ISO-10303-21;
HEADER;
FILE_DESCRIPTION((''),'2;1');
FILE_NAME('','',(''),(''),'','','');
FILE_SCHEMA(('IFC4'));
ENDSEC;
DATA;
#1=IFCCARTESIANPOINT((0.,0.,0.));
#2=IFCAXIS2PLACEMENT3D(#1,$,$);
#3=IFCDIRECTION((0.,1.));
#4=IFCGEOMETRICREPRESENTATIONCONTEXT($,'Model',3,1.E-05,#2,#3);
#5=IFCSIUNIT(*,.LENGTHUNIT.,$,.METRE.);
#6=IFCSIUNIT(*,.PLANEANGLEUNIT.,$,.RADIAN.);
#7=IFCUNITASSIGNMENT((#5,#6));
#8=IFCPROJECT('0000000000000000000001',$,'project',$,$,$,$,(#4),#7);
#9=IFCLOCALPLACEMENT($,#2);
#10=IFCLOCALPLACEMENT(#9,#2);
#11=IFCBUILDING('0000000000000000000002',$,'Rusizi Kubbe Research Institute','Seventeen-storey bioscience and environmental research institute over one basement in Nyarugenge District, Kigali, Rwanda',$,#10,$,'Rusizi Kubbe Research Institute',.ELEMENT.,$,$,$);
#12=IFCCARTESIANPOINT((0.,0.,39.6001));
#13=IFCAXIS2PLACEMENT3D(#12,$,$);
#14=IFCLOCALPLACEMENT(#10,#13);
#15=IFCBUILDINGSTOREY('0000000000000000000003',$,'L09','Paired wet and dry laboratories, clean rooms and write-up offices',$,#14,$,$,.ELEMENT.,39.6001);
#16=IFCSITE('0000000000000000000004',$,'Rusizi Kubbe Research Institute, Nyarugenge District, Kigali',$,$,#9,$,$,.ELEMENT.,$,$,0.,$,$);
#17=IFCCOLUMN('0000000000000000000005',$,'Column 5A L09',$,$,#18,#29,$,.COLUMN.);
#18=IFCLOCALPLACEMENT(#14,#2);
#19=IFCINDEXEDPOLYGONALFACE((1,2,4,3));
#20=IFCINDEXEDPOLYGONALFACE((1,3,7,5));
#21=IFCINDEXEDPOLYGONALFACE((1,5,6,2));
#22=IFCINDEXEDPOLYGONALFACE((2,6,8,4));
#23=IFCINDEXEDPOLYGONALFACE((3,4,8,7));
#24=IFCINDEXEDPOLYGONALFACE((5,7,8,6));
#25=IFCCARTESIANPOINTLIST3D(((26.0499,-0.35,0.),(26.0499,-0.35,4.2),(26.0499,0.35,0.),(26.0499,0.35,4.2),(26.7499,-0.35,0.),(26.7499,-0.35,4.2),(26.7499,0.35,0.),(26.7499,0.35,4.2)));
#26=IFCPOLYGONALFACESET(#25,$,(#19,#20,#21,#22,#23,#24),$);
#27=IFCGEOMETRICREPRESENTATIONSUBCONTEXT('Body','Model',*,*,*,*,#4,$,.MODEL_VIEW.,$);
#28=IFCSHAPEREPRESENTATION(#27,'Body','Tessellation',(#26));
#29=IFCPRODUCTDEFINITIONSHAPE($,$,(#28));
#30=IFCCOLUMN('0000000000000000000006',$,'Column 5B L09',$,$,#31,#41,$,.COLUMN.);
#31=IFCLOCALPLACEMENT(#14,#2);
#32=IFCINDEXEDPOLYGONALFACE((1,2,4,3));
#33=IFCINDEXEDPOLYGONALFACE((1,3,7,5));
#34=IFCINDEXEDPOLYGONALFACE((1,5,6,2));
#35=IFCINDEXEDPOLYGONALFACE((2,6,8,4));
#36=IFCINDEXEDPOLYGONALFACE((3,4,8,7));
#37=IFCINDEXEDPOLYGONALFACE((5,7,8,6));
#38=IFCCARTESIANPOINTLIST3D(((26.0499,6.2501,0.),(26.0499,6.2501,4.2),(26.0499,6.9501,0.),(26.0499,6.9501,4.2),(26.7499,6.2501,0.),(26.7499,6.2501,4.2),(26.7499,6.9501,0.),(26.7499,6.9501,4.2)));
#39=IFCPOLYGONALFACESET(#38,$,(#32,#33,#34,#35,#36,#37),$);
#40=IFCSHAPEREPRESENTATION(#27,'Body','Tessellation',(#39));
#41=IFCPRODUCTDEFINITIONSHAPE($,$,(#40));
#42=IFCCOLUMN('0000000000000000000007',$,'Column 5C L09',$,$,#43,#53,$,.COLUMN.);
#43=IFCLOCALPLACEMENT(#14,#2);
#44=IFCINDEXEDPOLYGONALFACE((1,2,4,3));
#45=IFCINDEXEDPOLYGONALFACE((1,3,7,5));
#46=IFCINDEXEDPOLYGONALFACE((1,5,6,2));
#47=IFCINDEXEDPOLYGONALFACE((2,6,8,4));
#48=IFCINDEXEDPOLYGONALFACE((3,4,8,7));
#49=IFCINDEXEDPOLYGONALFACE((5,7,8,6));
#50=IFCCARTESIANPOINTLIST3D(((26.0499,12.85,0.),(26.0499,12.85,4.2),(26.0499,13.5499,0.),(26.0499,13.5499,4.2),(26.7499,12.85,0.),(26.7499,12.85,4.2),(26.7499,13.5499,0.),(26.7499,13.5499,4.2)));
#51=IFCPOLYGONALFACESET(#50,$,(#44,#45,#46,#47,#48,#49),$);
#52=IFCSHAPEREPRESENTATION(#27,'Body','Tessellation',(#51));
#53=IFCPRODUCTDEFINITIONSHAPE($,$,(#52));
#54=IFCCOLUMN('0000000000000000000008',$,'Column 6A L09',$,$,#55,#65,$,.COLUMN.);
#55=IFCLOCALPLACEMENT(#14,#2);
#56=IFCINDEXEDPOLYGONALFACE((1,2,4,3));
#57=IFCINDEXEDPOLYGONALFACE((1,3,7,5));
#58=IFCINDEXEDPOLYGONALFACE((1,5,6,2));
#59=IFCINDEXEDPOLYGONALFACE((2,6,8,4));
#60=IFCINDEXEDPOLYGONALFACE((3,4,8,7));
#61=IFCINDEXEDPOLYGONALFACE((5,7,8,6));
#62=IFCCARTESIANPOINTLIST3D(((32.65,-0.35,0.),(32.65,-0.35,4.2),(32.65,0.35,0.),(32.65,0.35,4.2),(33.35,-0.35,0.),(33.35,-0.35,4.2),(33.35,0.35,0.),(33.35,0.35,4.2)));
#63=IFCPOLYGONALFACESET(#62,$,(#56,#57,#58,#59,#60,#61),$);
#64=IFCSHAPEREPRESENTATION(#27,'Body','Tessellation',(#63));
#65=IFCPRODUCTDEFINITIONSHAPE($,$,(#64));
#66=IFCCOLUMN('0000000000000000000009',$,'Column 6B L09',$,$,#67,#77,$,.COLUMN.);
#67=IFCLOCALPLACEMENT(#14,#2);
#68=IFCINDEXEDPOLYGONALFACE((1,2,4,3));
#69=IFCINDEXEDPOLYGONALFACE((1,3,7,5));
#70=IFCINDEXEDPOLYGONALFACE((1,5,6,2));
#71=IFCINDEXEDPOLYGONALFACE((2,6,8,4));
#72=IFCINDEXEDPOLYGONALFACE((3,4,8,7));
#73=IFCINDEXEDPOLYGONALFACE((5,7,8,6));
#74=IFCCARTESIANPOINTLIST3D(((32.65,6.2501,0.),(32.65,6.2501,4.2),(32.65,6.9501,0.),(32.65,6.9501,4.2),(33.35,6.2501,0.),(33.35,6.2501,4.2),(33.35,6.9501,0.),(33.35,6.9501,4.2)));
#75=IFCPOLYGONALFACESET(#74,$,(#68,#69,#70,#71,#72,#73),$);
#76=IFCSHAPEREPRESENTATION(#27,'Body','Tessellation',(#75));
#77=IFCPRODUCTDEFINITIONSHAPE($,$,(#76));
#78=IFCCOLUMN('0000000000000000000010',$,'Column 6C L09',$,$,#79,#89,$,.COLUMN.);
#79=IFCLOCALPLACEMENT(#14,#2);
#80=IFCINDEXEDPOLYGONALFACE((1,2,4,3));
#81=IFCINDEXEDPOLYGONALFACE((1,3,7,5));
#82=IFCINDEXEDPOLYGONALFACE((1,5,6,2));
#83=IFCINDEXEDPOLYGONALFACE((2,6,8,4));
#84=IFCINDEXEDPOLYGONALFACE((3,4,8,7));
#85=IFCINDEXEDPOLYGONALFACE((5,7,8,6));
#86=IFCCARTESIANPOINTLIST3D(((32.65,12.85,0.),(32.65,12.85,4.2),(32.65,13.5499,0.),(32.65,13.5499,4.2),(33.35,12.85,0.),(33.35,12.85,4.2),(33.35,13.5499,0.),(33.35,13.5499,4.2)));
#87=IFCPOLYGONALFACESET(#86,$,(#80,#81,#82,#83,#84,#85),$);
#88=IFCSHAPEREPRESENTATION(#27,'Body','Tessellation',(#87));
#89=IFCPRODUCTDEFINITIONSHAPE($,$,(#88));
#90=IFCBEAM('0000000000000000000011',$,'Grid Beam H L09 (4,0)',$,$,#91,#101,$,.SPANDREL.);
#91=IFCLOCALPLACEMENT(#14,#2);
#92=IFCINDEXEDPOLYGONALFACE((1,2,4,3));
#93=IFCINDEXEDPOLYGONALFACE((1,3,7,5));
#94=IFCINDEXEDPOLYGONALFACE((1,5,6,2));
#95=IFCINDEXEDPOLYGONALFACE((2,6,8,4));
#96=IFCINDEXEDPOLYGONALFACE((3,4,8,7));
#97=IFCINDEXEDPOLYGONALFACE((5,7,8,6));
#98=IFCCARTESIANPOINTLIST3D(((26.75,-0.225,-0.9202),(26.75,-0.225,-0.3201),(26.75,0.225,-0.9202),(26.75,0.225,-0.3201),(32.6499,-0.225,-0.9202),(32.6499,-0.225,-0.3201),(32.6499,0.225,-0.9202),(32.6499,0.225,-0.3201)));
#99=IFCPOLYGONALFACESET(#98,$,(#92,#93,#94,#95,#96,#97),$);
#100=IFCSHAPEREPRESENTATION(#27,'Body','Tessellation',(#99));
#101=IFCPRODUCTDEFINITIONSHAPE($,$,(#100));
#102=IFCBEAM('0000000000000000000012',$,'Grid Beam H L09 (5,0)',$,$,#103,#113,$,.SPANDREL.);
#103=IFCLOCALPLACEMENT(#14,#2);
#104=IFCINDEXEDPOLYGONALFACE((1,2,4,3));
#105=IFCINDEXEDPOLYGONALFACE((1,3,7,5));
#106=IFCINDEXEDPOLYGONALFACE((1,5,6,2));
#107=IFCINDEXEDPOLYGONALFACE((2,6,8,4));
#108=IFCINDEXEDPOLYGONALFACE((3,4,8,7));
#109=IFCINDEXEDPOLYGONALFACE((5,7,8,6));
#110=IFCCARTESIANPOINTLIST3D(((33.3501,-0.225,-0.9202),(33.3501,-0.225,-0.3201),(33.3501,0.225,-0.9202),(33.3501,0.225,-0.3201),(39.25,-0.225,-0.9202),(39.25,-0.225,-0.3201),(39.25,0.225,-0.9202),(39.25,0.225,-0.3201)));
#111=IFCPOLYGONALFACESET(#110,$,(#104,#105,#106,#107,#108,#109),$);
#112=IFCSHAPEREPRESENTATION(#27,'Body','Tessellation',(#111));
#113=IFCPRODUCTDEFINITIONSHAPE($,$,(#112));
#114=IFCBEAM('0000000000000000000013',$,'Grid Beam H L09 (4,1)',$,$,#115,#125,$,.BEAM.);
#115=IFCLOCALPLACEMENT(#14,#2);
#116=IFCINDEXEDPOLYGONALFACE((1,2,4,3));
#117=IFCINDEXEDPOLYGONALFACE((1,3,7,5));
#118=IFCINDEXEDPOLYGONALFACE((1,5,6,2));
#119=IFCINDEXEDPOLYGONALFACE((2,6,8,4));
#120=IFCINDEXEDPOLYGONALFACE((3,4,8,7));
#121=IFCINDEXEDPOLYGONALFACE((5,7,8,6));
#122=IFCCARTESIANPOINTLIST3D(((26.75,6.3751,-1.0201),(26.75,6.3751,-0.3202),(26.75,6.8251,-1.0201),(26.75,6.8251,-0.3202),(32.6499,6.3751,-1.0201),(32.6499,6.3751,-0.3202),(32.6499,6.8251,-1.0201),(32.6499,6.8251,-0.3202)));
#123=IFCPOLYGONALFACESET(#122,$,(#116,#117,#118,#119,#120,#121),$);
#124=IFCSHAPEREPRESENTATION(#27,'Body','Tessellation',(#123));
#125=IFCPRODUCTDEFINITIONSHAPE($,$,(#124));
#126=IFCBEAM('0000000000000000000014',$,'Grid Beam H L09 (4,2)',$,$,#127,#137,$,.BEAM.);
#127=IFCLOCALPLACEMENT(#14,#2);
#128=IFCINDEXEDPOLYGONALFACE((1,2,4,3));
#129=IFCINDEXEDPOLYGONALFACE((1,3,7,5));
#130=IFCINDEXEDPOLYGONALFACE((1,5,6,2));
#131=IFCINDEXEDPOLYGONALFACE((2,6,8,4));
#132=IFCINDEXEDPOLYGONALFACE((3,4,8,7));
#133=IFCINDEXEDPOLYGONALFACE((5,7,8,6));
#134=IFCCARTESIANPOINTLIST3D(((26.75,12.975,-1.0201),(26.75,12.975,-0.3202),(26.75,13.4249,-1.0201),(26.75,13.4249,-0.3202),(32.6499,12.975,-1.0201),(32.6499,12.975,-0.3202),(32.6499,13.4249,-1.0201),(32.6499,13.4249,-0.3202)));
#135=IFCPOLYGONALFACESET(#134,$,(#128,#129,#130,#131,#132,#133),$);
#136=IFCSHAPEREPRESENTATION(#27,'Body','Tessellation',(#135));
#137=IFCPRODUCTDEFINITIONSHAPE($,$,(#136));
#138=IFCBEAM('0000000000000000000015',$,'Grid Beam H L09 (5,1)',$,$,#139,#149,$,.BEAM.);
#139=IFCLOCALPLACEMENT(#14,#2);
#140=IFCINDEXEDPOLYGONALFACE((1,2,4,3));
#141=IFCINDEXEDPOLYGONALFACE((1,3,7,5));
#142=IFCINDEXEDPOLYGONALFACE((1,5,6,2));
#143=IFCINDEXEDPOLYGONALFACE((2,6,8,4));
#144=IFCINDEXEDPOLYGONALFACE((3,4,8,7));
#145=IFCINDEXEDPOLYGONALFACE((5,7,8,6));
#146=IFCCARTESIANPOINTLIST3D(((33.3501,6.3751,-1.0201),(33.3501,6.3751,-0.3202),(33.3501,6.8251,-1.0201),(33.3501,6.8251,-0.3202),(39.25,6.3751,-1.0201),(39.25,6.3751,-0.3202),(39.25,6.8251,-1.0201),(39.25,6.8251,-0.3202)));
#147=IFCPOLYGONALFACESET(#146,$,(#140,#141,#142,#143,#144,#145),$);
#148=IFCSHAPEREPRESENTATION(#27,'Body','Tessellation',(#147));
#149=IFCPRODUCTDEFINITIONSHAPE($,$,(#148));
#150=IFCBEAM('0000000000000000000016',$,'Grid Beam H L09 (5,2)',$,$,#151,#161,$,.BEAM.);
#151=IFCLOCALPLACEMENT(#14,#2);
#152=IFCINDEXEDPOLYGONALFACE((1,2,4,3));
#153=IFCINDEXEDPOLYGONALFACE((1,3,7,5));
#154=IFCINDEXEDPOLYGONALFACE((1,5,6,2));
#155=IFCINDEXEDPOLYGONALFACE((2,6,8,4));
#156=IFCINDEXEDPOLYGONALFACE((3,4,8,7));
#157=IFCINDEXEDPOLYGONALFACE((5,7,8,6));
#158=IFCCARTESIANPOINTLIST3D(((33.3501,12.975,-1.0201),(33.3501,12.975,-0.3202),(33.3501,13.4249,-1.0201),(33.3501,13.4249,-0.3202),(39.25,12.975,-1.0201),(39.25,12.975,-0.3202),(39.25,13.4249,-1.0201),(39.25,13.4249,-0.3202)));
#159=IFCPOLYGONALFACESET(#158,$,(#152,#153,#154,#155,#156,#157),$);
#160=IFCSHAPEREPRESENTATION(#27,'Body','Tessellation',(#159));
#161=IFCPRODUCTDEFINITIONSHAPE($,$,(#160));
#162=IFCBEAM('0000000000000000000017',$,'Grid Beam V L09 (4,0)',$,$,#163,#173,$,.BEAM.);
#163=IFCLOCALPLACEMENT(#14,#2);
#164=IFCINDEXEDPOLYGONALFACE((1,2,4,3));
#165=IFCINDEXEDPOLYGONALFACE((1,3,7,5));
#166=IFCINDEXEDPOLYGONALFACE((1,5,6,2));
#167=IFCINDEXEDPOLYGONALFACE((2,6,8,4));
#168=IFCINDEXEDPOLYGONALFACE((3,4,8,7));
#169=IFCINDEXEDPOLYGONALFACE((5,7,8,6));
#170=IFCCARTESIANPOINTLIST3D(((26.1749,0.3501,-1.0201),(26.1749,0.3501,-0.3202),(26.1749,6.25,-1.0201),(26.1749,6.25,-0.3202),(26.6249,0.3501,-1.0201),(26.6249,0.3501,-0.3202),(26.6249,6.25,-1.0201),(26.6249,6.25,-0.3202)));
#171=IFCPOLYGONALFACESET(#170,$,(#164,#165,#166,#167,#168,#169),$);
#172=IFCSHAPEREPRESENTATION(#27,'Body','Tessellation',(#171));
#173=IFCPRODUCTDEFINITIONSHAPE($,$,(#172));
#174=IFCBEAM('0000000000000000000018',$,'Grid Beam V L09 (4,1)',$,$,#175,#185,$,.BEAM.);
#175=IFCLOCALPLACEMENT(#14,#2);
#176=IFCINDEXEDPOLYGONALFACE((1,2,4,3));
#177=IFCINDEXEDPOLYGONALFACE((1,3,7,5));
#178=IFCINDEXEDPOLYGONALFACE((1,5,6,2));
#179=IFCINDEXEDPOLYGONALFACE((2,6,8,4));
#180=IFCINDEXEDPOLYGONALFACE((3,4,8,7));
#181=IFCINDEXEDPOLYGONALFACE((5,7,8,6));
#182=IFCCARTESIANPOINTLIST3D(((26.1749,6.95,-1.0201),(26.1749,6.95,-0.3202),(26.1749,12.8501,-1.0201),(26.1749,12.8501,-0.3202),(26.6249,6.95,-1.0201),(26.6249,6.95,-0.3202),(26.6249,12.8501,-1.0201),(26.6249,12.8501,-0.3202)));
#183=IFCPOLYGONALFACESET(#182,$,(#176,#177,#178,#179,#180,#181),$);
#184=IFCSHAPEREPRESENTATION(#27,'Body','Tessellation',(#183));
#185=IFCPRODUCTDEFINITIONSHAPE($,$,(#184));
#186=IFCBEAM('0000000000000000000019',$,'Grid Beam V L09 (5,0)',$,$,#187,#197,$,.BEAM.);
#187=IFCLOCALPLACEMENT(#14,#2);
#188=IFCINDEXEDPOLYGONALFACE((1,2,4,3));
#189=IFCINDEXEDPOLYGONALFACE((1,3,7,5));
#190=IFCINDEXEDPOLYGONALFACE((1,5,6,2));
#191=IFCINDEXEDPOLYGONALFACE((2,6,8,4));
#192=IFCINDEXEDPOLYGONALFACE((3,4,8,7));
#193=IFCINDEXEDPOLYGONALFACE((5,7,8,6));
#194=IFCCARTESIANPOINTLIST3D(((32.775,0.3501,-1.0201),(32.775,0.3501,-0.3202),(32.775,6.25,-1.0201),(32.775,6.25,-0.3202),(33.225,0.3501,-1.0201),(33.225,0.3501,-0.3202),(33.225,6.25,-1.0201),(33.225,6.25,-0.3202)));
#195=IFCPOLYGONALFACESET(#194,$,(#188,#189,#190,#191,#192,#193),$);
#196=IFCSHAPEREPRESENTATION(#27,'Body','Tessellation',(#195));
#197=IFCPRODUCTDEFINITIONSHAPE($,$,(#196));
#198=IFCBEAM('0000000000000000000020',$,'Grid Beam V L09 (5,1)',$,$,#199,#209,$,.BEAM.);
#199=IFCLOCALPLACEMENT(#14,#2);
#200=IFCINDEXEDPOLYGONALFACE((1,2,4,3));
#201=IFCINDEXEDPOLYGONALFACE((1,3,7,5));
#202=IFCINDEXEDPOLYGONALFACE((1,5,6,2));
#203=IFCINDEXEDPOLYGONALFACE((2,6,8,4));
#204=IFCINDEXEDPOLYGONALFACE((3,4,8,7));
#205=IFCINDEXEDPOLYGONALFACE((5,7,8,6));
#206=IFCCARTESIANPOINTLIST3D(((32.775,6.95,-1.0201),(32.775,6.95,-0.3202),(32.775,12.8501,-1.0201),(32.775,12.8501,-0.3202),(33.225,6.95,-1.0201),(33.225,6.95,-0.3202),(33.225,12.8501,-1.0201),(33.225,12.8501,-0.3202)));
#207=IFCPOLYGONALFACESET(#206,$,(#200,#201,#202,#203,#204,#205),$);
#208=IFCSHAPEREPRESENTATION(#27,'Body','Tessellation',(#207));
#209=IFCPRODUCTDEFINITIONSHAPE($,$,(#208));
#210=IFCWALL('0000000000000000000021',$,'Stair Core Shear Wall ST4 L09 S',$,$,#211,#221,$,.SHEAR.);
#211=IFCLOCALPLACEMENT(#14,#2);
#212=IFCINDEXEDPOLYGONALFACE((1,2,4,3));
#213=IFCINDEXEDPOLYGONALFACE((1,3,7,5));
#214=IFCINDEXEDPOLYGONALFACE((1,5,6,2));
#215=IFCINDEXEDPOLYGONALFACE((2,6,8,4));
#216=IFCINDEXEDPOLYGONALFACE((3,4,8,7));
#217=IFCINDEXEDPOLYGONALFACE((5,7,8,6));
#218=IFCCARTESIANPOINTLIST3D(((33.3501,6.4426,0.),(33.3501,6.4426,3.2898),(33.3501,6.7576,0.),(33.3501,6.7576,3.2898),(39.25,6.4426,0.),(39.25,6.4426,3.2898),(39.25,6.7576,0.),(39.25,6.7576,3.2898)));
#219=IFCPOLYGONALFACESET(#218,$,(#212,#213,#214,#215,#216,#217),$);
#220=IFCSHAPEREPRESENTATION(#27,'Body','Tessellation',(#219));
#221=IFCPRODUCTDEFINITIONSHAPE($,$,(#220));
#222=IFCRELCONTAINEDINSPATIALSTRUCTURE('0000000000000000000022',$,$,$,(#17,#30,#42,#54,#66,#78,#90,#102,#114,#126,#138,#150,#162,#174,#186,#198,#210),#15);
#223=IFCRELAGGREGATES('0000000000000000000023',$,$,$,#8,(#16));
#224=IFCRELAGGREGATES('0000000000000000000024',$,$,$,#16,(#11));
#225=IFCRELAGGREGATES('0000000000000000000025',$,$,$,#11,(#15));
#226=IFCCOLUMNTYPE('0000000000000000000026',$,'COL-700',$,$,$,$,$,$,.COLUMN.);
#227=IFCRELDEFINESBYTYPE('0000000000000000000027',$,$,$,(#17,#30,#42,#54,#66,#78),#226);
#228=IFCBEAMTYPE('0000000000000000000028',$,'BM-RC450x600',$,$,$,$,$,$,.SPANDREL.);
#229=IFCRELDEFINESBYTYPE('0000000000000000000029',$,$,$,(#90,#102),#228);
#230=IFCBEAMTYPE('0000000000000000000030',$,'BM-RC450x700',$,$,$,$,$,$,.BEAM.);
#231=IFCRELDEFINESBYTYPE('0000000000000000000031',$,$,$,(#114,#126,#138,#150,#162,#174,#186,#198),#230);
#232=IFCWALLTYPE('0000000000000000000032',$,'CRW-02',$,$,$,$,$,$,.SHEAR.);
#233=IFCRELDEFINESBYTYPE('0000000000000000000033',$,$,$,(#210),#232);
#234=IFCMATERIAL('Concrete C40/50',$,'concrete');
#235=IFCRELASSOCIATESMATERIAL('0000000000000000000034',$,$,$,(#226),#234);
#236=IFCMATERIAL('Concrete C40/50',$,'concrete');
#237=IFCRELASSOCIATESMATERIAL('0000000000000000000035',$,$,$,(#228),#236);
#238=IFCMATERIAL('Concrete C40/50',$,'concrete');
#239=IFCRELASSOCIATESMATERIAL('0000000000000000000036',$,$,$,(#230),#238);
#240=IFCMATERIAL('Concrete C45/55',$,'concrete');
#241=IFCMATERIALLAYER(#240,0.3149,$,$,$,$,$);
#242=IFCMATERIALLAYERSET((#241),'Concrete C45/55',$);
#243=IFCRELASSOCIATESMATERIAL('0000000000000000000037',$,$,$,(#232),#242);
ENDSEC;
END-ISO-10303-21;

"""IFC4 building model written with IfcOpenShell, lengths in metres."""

from ifc_helpers import new_model, si_unit, direction, frame, frame_2d, origin, origin_2d, place, context, subcontext, project, spatial, rectangle, extrude, material, layer, layer_set, material_profile, profile_set, type_object, element, save


model = new_model("IFC4")

# Units and contexts
model_context = context("Model", 3, precision=1e-05, world=origin(), true_north=direction((0.0, 1.0)))
body_context = subcontext(model_context, "Body", "Model", "MODEL_VIEW")
ifc_project = project(units=[si_unit("LENGTHUNIT", "METRE"), si_unit("PLANEANGLEUNIT", "RADIAN")], contexts=[model_context])

# Site, building, storey
site_placement = place(None, origin())
site = spatial("IfcSite", under=ifc_project, at=site_placement, Name="Rusizi Kubbe Research Institute, Nyarugenge District, Kigali", CompositionType="ELEMENT", RefElevation=0.0)
building_placement = place(site_placement, origin())
building = spatial("IfcBuilding", under=site, at=building_placement, Name="Rusizi Kubbe Research Institute", Description="Seventeen-storey bioscience and environmental research institute over one basement in Nyarugenge District, Kigali, Rwanda", LongName="Rusizi Kubbe Research Institute", CompositionType="ELEMENT")
storey_placement = place(building_placement, frame((0.0, 0.0, 39.6001)))
storey = spatial("IfcBuildingStorey", under=building, at=storey_placement, Name="L09", Description="Paired wet and dry laboratories, clean rooms and write-up offices", CompositionType="ELEMENT", Elevation=39.6001)

# Columns
ifc_material_1 = material(Name="Concrete C40/50", Category="concrete")
ifc_material_profile_1 = material_profile(ifc_material_1, rectangle(XDim=0.7, YDim=0.7, at=origin_2d()), Name="RC700x700")
ifc_profile_set_1 = profile_set([ifc_material_profile_1], Name="Concrete C40/50")
column_type = type_object("IfcColumnType", Name="COL-700", PredefinedType="COLUMN", material=ifc_profile_set_1)
for number, where, z_axis, x_axis, name in (
    (1, (26.3999, 0.0, 0.0), (0.0, 0.0, 1.0), (1.0, 0.0, 0.0), "Column 5A L09"),
    (2, (26.3999, 6.6001, 0.0), (0.0, 0.0, 1.0), (1.0, 0.0, 0.0), "Column 5B L09"),
    (3, (26.3999, 13.2, 0.0), (0.0, 0.0, 1.0), (1.0, 0.0, 0.0), "Column 5C L09"),
    (4, (33.0, 0.0, 0.0), (0.0, 0.0, 1.0), (1.0, 0.0, 0.0), "Column 6A L09"),
    (5, (33.0, 6.6001, 0.0), (0.0, 0.0, 1.0), (1.0, 0.0, 0.0), "Column 6B L09"),
    (6, (33.0, 13.2, 0.0), (0.0, 0.0, 1.0), (1.0, 0.0, 0.0), "Column 6C L09"),
):
    element("IfcColumn", number, at=place(storey_placement, frame(where, z_axis=z_axis, x_axis=x_axis)), inside=storey, type_object=column_type, Name=name, PredefinedType="COLUMN", context=body_context, shape_type="SweptSolid", body=[
        extrude(rectangle(XDim=0.7, YDim=0.7, at=origin_2d()), origin(), (0.0, 0.0, 1.0), 4.2),
    ])

# Beams
ifc_material_2 = material(Name="Concrete C40/50", Category="concrete")
ifc_material_profile_2 = material_profile(ifc_material_2, rectangle(XDim=0.45, YDim=0.6001, at=origin_2d()), Name="RC450x600")
ifc_profile_set_2 = profile_set([ifc_material_profile_2], Name="Concrete C40/50")
beam_type_1 = type_object("IfcBeamType", Name="BM-RC450x600", PredefinedType="SPANDREL", material=ifc_profile_set_2)
for number, where, z_axis, x_axis, name in (
    (7, (26.75, 0.0, -0.6201), (1.0, 0.0, 0.0), (0.0, 1.0, 0.0), "Grid Beam H L09 (4,0)"),
    (8, (33.3501, 0.0, -0.6201), (1.0, 0.0, 0.0), (0.0, 1.0, 0.0), "Grid Beam H L09 (5,0)"),
):
    element("IfcBeam", number, at=place(storey_placement, frame(where, z_axis=z_axis, x_axis=x_axis)), inside=storey, type_object=beam_type_1, Name=name, PredefinedType="SPANDREL", context=body_context, shape_type="SweptSolid", body=[
        extrude(rectangle(XDim=0.45, YDim=0.6001, at=origin_2d()), origin(), (0.0, 0.0, 1.0), 5.8999),
    ])
ifc_material_3 = material(Name="Concrete C40/50", Category="concrete")
ifc_material_profile_3 = material_profile(ifc_material_3, rectangle(XDim=0.45, YDim=0.7, at=origin_2d()), Name="RC450x700B")
ifc_profile_set_3 = profile_set([ifc_material_profile_3], Name="Concrete C40/50")
beam_type_2 = type_object("IfcBeamType", Name="BM-RC450x700", PredefinedType="BEAM", material=ifc_profile_set_3)
for number, where, z_axis, x_axis, name in (
    (9, (26.75, 6.6001, -0.6702), (1.0, 0.0, 0.0), (0.0, 1.0, 0.0), "Grid Beam H L09 (4,1)"),
    (10, (26.75, 13.2, -0.6702), (1.0, 0.0, 0.0), (0.0, 1.0, 0.0), "Grid Beam H L09 (4,2)"),
    (11, (33.3501, 6.6001, -0.6702), (1.0, 0.0, 0.0), (0.0, 1.0, 0.0), "Grid Beam H L09 (5,1)"),
    (12, (33.3501, 13.2, -0.6702), (1.0, 0.0, 0.0), (0.0, 1.0, 0.0), "Grid Beam H L09 (5,2)"),
    (13, (26.3999, 0.3501, -0.6702), (0.0, 1.0, 0.0), (-1.0, 0.0, 0.0), "Grid Beam V L09 (4,0)"),
):
    element("IfcBeam", number, at=place(storey_placement, frame(where, z_axis=z_axis, x_axis=x_axis)), inside=storey, type_object=beam_type_2, Name=name, PredefinedType="BEAM", context=body_context, shape_type="SweptSolid", body=[
        extrude(rectangle(XDim=0.45, YDim=0.7, at=origin_2d()), origin(), (0.0, 0.0, 1.0), 5.8999),
    ])
beam_1_placement = place(storey_placement, frame((26.3999, 6.95, -0.6702), z_axis=(0.0, 1.0, 0.0), x_axis=(-1.0, 0.0, 0.0)))
element("IfcBeam", 14, at=beam_1_placement, inside=storey, type_object=beam_type_2, Name="Grid Beam V L09 (4,1)", PredefinedType="BEAM", context=body_context, shape_type="SweptSolid", body=[
    extrude(rectangle(XDim=0.45, YDim=0.7, at=origin_2d()), origin(), (0.0, 0.0, 1.0), 5.9001),
])
beam_2_placement = place(storey_placement, frame((33.0, 0.3501, -0.6702), z_axis=(0.0, 1.0, 0.0), x_axis=(-1.0, 0.0, 0.0)))
element("IfcBeam", 15, at=beam_2_placement, inside=storey, type_object=beam_type_2, Name="Grid Beam V L09 (5,0)", PredefinedType="BEAM", context=body_context, shape_type="SweptSolid", body=[
    extrude(rectangle(XDim=0.45, YDim=0.7, at=origin_2d()), origin(), (0.0, 0.0, 1.0), 5.8999),
])
beam_3_placement = place(storey_placement, frame((33.0, 6.95, -0.6702), z_axis=(0.0, 1.0, 0.0), x_axis=(-1.0, 0.0, 0.0)))
element("IfcBeam", 16, at=beam_3_placement, inside=storey, type_object=beam_type_2, Name="Grid Beam V L09 (5,1)", PredefinedType="BEAM", context=body_context, shape_type="SweptSolid", body=[
    extrude(rectangle(XDim=0.45, YDim=0.7, at=origin_2d()), origin(), (0.0, 0.0, 1.0), 5.9001),
])

# Wall
ifc_material_4 = material(Name="Concrete C45/55", Category="concrete")
ifc_layer_1 = layer(ifc_material_4, 0.3149)
ifc_layer_set_1 = layer_set([ifc_layer_1], Name="Concrete C45/55")
wall_type_1 = type_object("IfcWallType", Name="CRW-02", PredefinedType="SHEAR", material=ifc_layer_set_1)
wall_1_placement = place(storey_placement, frame((33.3501, 6.6001, 0.0), z_axis=(0.0, 0.0, 1.0), x_axis=(1.0, 0.0, 0.0)))
element("IfcWall", 17, at=wall_1_placement, inside=storey, type_object=wall_type_1, Name="Stair Core Shear Wall ST4 L09 S", PredefinedType="SHEAR", context=body_context, shape_type="SweptSolid", body=[
    extrude(rectangle(XDim=5.8999, YDim=0.3149, at=frame_2d((2.95, 0.0))), origin(), (0.0, 0.0, 1.0), 3.2898),
])

save(model, "model.ifc")
